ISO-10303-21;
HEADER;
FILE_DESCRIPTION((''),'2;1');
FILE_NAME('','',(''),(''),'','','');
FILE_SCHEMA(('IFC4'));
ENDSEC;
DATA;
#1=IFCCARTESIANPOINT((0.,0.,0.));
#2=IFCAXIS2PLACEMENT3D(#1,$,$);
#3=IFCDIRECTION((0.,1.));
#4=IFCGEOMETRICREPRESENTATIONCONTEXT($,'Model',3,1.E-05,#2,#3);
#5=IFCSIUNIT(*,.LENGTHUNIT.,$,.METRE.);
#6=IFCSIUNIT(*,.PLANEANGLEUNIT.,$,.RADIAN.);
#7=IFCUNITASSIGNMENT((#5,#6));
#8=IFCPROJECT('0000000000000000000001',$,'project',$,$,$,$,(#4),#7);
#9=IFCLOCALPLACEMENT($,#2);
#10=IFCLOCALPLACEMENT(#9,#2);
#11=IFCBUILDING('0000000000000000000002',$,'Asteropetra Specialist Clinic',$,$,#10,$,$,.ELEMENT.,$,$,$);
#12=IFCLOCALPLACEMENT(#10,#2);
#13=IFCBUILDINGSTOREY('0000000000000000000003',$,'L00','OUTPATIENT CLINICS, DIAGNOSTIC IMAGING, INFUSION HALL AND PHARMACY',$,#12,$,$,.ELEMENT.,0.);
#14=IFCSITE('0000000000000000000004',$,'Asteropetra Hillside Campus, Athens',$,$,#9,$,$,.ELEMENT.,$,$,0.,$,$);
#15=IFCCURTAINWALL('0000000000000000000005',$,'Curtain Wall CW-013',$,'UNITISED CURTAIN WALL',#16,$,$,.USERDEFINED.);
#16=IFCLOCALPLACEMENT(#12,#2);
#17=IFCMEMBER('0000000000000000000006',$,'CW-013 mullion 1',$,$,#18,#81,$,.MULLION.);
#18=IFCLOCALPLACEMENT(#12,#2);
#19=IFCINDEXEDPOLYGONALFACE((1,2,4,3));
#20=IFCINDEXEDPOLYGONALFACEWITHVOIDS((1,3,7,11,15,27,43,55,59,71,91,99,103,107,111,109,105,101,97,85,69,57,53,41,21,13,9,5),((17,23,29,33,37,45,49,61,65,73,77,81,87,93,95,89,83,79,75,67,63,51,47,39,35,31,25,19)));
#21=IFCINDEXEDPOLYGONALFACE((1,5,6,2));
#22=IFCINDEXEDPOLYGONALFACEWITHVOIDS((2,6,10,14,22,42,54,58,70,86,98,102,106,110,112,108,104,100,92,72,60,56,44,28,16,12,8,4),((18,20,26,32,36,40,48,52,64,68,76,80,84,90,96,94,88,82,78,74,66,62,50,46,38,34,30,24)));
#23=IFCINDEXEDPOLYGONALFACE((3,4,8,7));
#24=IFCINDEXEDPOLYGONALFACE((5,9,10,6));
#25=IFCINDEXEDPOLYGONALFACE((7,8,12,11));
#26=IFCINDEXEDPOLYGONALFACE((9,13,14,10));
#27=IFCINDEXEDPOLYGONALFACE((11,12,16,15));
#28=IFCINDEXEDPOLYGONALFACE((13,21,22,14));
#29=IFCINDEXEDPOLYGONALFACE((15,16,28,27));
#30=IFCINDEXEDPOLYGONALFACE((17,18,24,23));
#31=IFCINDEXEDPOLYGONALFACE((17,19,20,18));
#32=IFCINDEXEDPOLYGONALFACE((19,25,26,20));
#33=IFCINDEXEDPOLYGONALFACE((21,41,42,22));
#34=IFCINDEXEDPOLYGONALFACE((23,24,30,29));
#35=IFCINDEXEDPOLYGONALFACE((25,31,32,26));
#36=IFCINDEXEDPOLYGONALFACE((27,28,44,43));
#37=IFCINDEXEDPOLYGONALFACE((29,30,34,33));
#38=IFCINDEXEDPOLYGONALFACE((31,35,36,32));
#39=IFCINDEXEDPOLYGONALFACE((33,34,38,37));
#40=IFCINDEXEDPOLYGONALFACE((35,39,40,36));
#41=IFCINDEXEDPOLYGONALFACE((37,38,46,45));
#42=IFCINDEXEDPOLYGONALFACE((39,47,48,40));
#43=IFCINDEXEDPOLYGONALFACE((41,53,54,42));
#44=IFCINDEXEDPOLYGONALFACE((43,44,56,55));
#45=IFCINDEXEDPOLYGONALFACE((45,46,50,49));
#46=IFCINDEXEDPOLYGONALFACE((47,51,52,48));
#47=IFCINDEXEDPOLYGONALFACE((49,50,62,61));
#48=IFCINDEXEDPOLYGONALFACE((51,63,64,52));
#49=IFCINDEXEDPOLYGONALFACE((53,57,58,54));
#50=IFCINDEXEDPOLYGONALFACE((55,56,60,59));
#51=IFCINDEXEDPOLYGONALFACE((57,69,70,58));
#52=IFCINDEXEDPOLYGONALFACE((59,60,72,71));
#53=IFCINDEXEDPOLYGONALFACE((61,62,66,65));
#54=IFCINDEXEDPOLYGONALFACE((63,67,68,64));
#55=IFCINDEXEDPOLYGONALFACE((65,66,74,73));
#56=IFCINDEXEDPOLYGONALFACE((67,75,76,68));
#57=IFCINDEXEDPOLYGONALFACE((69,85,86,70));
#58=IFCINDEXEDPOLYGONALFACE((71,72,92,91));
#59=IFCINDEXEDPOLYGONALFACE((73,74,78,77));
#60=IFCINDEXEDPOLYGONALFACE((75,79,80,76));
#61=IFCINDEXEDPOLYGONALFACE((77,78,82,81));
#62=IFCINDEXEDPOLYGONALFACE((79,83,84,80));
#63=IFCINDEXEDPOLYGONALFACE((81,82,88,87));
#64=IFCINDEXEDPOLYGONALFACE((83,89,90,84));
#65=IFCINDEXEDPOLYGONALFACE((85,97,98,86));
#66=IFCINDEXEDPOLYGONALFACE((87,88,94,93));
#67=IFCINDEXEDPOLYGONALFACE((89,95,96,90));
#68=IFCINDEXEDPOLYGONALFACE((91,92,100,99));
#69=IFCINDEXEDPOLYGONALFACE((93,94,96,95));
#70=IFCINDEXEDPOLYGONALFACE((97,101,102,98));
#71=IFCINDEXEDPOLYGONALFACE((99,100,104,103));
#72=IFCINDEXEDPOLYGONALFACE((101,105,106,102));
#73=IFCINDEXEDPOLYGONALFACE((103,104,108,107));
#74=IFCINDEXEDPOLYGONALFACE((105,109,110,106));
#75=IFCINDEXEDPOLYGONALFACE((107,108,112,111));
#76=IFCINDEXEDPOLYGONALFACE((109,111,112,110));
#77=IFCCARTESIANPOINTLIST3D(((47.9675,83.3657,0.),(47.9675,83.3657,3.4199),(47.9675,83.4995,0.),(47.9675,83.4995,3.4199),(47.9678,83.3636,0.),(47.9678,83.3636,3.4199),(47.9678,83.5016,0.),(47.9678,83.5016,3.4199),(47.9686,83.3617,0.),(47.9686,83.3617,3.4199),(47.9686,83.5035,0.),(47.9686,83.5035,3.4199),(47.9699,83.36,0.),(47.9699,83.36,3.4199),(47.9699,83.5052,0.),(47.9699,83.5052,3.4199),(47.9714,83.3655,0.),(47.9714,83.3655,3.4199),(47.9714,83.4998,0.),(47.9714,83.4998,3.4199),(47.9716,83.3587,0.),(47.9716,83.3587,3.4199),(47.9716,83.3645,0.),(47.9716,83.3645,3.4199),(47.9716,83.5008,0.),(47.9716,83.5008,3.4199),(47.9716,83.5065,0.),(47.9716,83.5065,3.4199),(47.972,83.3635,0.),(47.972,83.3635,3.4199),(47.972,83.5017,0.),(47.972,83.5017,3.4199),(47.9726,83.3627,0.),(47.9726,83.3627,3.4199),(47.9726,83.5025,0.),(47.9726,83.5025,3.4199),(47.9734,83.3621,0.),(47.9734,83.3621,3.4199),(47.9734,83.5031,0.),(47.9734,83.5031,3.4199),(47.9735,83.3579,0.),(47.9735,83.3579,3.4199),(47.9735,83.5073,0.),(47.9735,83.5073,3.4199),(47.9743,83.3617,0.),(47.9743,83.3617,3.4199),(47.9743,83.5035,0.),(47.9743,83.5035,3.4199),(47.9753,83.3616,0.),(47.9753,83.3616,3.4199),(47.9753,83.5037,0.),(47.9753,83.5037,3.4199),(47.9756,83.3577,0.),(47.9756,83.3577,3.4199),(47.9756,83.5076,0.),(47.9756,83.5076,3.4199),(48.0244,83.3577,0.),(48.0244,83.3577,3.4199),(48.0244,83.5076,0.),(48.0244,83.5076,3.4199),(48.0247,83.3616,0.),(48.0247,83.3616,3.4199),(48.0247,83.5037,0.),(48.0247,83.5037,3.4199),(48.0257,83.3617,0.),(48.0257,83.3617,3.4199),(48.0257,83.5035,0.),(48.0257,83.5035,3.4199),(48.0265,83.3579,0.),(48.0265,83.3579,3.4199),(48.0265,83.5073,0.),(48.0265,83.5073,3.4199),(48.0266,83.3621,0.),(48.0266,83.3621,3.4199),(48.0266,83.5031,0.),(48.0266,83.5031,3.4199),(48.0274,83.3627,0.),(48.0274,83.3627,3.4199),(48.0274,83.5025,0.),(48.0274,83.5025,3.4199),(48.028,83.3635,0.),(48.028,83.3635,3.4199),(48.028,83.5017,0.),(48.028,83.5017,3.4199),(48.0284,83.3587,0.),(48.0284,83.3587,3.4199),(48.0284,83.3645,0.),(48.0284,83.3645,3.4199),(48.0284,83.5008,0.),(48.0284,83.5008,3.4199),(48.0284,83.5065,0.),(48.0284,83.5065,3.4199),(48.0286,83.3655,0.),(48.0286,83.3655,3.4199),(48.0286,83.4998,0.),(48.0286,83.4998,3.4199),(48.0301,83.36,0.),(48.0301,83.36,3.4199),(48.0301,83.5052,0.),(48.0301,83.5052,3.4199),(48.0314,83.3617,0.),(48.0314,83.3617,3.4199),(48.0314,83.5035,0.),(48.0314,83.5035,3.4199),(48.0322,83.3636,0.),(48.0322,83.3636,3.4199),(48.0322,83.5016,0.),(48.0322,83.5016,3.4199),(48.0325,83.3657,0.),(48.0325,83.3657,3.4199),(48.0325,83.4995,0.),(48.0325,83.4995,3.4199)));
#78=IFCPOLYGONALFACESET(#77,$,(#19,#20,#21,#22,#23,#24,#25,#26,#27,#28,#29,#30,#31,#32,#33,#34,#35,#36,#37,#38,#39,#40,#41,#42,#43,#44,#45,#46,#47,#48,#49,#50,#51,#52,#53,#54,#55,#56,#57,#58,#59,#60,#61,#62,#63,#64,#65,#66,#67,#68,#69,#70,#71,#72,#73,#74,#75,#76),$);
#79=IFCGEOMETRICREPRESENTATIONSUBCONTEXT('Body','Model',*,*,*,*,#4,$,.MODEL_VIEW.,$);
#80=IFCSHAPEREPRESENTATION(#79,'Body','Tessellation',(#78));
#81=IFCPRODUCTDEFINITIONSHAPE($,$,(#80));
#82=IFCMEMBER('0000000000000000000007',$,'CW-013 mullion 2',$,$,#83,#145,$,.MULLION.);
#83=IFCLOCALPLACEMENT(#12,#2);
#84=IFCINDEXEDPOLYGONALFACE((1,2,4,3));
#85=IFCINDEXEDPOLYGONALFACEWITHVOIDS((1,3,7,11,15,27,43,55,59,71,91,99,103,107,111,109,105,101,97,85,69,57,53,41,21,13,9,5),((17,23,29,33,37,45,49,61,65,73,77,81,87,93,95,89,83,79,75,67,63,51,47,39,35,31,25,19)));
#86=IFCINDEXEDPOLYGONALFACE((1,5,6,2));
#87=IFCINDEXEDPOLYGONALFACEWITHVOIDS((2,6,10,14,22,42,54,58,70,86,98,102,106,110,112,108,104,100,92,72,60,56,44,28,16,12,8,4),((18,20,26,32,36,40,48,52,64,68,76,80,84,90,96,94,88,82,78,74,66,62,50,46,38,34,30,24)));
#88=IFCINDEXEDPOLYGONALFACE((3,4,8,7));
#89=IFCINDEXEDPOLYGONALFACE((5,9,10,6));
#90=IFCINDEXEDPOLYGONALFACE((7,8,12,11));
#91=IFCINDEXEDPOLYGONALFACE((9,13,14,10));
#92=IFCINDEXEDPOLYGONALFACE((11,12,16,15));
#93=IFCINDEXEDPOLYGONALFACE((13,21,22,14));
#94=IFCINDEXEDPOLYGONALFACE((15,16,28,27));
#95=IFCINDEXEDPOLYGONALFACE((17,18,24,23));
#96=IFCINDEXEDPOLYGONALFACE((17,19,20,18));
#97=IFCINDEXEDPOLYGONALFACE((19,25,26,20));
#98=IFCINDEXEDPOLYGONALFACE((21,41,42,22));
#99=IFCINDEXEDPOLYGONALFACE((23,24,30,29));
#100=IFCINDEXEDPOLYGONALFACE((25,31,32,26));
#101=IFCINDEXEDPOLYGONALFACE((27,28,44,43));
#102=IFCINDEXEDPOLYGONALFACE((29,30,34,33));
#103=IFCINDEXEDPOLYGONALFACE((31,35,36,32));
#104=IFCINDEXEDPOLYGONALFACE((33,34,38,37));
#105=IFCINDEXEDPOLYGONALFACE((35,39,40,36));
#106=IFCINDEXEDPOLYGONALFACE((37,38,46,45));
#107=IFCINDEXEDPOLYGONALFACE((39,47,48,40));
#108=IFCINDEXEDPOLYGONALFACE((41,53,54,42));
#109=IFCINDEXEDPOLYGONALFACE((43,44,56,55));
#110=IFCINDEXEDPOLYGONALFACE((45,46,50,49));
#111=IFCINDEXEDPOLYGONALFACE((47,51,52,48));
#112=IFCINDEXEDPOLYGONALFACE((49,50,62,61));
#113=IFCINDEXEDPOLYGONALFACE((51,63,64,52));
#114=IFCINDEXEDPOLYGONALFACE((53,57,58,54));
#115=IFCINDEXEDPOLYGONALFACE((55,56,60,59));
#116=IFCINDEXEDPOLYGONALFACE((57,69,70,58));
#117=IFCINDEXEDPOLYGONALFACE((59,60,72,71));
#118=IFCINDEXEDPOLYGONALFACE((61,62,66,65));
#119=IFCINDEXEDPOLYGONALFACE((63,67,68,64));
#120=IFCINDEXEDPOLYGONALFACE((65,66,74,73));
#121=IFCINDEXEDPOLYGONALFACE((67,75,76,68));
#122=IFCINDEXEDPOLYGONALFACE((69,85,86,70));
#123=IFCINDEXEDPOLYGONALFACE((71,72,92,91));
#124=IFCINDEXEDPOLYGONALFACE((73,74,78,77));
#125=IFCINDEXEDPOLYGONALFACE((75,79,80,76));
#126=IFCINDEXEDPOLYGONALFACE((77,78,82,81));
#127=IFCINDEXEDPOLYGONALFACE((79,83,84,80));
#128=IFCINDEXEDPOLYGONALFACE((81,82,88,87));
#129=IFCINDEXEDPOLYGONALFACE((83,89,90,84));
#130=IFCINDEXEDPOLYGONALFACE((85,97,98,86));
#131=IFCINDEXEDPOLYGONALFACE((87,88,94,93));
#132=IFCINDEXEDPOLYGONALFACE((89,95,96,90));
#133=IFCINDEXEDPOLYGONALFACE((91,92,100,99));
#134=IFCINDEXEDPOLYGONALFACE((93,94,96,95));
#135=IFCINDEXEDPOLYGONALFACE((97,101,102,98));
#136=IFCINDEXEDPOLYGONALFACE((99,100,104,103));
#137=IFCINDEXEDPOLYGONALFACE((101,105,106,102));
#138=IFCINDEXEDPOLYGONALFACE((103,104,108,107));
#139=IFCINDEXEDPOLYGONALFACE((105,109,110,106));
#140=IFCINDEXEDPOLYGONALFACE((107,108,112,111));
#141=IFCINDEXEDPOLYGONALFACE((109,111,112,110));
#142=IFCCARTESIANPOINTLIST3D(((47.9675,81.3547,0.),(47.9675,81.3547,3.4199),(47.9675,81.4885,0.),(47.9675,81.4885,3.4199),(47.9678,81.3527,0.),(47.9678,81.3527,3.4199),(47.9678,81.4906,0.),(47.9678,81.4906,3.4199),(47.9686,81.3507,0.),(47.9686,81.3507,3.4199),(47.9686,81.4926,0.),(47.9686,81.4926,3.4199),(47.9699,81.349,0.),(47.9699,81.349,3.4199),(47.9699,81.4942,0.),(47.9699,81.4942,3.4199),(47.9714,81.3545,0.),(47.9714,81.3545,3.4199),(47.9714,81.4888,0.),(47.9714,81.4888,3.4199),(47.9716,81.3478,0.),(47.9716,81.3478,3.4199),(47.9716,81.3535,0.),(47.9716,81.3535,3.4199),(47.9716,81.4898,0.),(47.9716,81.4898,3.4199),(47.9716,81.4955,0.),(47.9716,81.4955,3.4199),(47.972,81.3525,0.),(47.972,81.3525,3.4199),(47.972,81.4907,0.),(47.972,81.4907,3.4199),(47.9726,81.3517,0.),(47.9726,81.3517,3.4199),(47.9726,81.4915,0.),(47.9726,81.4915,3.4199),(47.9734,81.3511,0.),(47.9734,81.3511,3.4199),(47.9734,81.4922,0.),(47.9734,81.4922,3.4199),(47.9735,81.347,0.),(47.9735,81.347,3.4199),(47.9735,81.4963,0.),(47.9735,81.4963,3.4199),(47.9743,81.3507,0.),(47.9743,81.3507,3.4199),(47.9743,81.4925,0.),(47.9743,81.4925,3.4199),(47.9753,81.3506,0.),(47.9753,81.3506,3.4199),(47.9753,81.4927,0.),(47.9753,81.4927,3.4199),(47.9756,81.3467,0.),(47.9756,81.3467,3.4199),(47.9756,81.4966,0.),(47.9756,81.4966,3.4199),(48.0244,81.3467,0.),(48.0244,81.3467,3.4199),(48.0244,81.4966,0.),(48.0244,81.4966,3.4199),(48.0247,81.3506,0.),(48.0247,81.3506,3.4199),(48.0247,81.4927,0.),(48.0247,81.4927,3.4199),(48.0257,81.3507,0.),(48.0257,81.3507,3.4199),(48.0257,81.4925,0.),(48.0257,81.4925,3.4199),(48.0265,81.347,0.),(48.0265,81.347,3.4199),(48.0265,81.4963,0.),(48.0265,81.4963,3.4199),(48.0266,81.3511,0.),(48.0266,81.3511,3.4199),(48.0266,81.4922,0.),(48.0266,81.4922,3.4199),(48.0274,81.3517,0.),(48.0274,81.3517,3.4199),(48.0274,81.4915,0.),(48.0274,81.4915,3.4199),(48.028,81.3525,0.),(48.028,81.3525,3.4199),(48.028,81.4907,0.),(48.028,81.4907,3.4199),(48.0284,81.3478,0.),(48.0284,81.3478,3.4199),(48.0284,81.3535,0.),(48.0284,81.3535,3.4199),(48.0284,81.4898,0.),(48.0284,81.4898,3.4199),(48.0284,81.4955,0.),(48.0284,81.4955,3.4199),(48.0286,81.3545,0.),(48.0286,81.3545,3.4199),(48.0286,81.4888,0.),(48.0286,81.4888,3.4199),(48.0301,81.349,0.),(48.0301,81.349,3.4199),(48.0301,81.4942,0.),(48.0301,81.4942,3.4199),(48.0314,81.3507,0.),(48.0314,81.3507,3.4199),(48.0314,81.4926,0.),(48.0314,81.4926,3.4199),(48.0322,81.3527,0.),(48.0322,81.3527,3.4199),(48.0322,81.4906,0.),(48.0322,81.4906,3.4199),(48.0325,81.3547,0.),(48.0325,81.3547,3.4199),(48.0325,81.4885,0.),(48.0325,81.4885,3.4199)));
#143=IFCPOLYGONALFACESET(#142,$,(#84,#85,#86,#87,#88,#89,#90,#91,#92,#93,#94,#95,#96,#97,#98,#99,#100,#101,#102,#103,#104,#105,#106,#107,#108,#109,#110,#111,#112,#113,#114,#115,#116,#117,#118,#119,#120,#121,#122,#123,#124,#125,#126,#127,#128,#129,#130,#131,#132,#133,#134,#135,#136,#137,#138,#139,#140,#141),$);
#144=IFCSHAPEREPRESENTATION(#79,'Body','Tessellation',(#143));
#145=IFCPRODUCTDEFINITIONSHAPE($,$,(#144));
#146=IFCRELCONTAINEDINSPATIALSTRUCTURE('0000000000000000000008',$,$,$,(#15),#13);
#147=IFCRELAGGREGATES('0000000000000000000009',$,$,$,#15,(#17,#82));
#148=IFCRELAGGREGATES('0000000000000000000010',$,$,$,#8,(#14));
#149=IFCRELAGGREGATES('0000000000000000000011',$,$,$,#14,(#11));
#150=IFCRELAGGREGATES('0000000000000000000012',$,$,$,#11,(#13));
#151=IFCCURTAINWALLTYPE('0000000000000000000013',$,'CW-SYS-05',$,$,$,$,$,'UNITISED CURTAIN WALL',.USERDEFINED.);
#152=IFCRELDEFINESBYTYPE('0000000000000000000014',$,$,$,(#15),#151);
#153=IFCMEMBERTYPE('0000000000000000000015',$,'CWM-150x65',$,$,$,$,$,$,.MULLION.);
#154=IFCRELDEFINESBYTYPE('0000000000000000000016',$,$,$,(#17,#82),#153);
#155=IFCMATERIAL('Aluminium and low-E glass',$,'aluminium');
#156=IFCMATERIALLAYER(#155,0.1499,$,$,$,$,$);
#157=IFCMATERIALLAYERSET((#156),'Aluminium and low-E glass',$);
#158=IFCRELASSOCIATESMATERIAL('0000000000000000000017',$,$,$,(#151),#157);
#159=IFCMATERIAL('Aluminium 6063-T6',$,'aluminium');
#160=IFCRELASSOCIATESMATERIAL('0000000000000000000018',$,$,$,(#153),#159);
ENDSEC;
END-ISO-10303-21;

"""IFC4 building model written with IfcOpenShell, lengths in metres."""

from ifc_helpers import new_model, si_unit, direction, frame, origin, origin_2d, place, context, subcontext, project, spatial, hollow_rectangle, extrude, material, layer, layer_set, material_profile, profile_set, type_object, element, aggregate, save


model = new_model("IFC4")

# Units and contexts
model_context = context("Model", 3, precision=1e-05, world=origin(), true_north=direction((0.0, 1.0)))
body_context = subcontext(model_context, "Body", "Model", "MODEL_VIEW")
ifc_project = project(units=[si_unit("LENGTHUNIT", "METRE"), si_unit("PLANEANGLEUNIT", "RADIAN")], contexts=[model_context])

# Site, building, storey
site_placement = place(None, origin())
site = spatial("IfcSite", under=ifc_project, at=site_placement, Name="Asteropetra Hillside Campus, Athens", CompositionType="ELEMENT", RefElevation=0.0)
building_placement = place(site_placement, origin())
building = spatial("IfcBuilding", under=site, at=building_placement, Name="Asteropetra Specialist Clinic", CompositionType="ELEMENT")
storey_placement = place(building_placement, origin())
storey = spatial("IfcBuildingStorey", under=building, at=storey_placement, Name="L00", Description="OUTPATIENT CLINICS, DIAGNOSTIC IMAGING, INFUSION HALL AND PHARMACY", CompositionType="ELEMENT", Elevation=0.0)

# Curtain wall, members
ifc_material_1 = material(Name="Aluminium and low-E glass", Category="aluminium")
ifc_layer_1 = layer(ifc_material_1, 0.1499)
ifc_layer_set_1 = layer_set([ifc_layer_1], Name="Aluminium and low-E glass")
curtain_wall_type = type_object("IfcCurtainWallType", Name="CW-SYS-05", ElementType="UNITISED CURTAIN WALL", PredefinedType="USERDEFINED", material=ifc_layer_set_1)
curtain_wall_placement = place(storey_placement, origin())
curtain_wall = element("IfcCurtainWall", 1, at=curtain_wall_placement, inside=storey, type_object=curtain_wall_type, Name="Curtain Wall CW-013", ObjectType="UNITISED CURTAIN WALL", PredefinedType="USERDEFINED")
ifc_material_2 = material(Name="Aluminium 6063-T6", Category="aluminium")
ifc_material_profile_1 = material_profile(ifc_material_2, hollow_rectangle(XDim=0.0649, YDim=0.1499, WallThickness=0.0039, InnerFilletRadius=0.0039, OuterFilletRadius=0.0081, at=origin_2d()), Name="MUL 150x65x4.0")
ifc_profile_set_1 = profile_set([ifc_material_profile_1], Name="Aluminium 6063-T6")
member_type_1 = type_object("IfcMemberType", Name="CWM-150x65", PredefinedType="MULLION", material=ifc_profile_set_1)
member_1_placement = place(storey_placement, frame((48.0, 83.4326, 0.0), z_axis=(0.0, 0.0, 1.0), x_axis=(1.0, 0.0, 0.0)))
member_1 = element("IfcMember", 2, at=member_1_placement, type_object=member_type_1, Name="CW-013 mullion 1", PredefinedType="MULLION", context=body_context, shape_type="SweptSolid", body=[
    extrude(hollow_rectangle(XDim=0.0649, YDim=0.1499, WallThickness=0.0039, InnerFilletRadius=0.0039, OuterFilletRadius=0.0081, at=origin_2d()), origin(), (0.0, 0.0, 1.0), 3.4199),
])
member_2_placement = place(storey_placement, frame((48.0, 81.4216, 0.0), z_axis=(0.0, 0.0, 1.0), x_axis=(1.0, 0.0, 0.0)))
member_2 = element("IfcMember", 3, at=member_2_placement, type_object=member_type_1, Name="CW-013 mullion 2", PredefinedType="MULLION", context=body_context, shape_type="SweptSolid", body=[
    extrude(hollow_rectangle(XDim=0.0649, YDim=0.1499, WallThickness=0.0039, InnerFilletRadius=0.0039, OuterFilletRadius=0.0081, at=origin_2d()), origin(), (0.0, 0.0, 1.0), 3.4199),
])
aggregate(curtain_wall, [member_1, member_2])

save(model, "model.ifc")
